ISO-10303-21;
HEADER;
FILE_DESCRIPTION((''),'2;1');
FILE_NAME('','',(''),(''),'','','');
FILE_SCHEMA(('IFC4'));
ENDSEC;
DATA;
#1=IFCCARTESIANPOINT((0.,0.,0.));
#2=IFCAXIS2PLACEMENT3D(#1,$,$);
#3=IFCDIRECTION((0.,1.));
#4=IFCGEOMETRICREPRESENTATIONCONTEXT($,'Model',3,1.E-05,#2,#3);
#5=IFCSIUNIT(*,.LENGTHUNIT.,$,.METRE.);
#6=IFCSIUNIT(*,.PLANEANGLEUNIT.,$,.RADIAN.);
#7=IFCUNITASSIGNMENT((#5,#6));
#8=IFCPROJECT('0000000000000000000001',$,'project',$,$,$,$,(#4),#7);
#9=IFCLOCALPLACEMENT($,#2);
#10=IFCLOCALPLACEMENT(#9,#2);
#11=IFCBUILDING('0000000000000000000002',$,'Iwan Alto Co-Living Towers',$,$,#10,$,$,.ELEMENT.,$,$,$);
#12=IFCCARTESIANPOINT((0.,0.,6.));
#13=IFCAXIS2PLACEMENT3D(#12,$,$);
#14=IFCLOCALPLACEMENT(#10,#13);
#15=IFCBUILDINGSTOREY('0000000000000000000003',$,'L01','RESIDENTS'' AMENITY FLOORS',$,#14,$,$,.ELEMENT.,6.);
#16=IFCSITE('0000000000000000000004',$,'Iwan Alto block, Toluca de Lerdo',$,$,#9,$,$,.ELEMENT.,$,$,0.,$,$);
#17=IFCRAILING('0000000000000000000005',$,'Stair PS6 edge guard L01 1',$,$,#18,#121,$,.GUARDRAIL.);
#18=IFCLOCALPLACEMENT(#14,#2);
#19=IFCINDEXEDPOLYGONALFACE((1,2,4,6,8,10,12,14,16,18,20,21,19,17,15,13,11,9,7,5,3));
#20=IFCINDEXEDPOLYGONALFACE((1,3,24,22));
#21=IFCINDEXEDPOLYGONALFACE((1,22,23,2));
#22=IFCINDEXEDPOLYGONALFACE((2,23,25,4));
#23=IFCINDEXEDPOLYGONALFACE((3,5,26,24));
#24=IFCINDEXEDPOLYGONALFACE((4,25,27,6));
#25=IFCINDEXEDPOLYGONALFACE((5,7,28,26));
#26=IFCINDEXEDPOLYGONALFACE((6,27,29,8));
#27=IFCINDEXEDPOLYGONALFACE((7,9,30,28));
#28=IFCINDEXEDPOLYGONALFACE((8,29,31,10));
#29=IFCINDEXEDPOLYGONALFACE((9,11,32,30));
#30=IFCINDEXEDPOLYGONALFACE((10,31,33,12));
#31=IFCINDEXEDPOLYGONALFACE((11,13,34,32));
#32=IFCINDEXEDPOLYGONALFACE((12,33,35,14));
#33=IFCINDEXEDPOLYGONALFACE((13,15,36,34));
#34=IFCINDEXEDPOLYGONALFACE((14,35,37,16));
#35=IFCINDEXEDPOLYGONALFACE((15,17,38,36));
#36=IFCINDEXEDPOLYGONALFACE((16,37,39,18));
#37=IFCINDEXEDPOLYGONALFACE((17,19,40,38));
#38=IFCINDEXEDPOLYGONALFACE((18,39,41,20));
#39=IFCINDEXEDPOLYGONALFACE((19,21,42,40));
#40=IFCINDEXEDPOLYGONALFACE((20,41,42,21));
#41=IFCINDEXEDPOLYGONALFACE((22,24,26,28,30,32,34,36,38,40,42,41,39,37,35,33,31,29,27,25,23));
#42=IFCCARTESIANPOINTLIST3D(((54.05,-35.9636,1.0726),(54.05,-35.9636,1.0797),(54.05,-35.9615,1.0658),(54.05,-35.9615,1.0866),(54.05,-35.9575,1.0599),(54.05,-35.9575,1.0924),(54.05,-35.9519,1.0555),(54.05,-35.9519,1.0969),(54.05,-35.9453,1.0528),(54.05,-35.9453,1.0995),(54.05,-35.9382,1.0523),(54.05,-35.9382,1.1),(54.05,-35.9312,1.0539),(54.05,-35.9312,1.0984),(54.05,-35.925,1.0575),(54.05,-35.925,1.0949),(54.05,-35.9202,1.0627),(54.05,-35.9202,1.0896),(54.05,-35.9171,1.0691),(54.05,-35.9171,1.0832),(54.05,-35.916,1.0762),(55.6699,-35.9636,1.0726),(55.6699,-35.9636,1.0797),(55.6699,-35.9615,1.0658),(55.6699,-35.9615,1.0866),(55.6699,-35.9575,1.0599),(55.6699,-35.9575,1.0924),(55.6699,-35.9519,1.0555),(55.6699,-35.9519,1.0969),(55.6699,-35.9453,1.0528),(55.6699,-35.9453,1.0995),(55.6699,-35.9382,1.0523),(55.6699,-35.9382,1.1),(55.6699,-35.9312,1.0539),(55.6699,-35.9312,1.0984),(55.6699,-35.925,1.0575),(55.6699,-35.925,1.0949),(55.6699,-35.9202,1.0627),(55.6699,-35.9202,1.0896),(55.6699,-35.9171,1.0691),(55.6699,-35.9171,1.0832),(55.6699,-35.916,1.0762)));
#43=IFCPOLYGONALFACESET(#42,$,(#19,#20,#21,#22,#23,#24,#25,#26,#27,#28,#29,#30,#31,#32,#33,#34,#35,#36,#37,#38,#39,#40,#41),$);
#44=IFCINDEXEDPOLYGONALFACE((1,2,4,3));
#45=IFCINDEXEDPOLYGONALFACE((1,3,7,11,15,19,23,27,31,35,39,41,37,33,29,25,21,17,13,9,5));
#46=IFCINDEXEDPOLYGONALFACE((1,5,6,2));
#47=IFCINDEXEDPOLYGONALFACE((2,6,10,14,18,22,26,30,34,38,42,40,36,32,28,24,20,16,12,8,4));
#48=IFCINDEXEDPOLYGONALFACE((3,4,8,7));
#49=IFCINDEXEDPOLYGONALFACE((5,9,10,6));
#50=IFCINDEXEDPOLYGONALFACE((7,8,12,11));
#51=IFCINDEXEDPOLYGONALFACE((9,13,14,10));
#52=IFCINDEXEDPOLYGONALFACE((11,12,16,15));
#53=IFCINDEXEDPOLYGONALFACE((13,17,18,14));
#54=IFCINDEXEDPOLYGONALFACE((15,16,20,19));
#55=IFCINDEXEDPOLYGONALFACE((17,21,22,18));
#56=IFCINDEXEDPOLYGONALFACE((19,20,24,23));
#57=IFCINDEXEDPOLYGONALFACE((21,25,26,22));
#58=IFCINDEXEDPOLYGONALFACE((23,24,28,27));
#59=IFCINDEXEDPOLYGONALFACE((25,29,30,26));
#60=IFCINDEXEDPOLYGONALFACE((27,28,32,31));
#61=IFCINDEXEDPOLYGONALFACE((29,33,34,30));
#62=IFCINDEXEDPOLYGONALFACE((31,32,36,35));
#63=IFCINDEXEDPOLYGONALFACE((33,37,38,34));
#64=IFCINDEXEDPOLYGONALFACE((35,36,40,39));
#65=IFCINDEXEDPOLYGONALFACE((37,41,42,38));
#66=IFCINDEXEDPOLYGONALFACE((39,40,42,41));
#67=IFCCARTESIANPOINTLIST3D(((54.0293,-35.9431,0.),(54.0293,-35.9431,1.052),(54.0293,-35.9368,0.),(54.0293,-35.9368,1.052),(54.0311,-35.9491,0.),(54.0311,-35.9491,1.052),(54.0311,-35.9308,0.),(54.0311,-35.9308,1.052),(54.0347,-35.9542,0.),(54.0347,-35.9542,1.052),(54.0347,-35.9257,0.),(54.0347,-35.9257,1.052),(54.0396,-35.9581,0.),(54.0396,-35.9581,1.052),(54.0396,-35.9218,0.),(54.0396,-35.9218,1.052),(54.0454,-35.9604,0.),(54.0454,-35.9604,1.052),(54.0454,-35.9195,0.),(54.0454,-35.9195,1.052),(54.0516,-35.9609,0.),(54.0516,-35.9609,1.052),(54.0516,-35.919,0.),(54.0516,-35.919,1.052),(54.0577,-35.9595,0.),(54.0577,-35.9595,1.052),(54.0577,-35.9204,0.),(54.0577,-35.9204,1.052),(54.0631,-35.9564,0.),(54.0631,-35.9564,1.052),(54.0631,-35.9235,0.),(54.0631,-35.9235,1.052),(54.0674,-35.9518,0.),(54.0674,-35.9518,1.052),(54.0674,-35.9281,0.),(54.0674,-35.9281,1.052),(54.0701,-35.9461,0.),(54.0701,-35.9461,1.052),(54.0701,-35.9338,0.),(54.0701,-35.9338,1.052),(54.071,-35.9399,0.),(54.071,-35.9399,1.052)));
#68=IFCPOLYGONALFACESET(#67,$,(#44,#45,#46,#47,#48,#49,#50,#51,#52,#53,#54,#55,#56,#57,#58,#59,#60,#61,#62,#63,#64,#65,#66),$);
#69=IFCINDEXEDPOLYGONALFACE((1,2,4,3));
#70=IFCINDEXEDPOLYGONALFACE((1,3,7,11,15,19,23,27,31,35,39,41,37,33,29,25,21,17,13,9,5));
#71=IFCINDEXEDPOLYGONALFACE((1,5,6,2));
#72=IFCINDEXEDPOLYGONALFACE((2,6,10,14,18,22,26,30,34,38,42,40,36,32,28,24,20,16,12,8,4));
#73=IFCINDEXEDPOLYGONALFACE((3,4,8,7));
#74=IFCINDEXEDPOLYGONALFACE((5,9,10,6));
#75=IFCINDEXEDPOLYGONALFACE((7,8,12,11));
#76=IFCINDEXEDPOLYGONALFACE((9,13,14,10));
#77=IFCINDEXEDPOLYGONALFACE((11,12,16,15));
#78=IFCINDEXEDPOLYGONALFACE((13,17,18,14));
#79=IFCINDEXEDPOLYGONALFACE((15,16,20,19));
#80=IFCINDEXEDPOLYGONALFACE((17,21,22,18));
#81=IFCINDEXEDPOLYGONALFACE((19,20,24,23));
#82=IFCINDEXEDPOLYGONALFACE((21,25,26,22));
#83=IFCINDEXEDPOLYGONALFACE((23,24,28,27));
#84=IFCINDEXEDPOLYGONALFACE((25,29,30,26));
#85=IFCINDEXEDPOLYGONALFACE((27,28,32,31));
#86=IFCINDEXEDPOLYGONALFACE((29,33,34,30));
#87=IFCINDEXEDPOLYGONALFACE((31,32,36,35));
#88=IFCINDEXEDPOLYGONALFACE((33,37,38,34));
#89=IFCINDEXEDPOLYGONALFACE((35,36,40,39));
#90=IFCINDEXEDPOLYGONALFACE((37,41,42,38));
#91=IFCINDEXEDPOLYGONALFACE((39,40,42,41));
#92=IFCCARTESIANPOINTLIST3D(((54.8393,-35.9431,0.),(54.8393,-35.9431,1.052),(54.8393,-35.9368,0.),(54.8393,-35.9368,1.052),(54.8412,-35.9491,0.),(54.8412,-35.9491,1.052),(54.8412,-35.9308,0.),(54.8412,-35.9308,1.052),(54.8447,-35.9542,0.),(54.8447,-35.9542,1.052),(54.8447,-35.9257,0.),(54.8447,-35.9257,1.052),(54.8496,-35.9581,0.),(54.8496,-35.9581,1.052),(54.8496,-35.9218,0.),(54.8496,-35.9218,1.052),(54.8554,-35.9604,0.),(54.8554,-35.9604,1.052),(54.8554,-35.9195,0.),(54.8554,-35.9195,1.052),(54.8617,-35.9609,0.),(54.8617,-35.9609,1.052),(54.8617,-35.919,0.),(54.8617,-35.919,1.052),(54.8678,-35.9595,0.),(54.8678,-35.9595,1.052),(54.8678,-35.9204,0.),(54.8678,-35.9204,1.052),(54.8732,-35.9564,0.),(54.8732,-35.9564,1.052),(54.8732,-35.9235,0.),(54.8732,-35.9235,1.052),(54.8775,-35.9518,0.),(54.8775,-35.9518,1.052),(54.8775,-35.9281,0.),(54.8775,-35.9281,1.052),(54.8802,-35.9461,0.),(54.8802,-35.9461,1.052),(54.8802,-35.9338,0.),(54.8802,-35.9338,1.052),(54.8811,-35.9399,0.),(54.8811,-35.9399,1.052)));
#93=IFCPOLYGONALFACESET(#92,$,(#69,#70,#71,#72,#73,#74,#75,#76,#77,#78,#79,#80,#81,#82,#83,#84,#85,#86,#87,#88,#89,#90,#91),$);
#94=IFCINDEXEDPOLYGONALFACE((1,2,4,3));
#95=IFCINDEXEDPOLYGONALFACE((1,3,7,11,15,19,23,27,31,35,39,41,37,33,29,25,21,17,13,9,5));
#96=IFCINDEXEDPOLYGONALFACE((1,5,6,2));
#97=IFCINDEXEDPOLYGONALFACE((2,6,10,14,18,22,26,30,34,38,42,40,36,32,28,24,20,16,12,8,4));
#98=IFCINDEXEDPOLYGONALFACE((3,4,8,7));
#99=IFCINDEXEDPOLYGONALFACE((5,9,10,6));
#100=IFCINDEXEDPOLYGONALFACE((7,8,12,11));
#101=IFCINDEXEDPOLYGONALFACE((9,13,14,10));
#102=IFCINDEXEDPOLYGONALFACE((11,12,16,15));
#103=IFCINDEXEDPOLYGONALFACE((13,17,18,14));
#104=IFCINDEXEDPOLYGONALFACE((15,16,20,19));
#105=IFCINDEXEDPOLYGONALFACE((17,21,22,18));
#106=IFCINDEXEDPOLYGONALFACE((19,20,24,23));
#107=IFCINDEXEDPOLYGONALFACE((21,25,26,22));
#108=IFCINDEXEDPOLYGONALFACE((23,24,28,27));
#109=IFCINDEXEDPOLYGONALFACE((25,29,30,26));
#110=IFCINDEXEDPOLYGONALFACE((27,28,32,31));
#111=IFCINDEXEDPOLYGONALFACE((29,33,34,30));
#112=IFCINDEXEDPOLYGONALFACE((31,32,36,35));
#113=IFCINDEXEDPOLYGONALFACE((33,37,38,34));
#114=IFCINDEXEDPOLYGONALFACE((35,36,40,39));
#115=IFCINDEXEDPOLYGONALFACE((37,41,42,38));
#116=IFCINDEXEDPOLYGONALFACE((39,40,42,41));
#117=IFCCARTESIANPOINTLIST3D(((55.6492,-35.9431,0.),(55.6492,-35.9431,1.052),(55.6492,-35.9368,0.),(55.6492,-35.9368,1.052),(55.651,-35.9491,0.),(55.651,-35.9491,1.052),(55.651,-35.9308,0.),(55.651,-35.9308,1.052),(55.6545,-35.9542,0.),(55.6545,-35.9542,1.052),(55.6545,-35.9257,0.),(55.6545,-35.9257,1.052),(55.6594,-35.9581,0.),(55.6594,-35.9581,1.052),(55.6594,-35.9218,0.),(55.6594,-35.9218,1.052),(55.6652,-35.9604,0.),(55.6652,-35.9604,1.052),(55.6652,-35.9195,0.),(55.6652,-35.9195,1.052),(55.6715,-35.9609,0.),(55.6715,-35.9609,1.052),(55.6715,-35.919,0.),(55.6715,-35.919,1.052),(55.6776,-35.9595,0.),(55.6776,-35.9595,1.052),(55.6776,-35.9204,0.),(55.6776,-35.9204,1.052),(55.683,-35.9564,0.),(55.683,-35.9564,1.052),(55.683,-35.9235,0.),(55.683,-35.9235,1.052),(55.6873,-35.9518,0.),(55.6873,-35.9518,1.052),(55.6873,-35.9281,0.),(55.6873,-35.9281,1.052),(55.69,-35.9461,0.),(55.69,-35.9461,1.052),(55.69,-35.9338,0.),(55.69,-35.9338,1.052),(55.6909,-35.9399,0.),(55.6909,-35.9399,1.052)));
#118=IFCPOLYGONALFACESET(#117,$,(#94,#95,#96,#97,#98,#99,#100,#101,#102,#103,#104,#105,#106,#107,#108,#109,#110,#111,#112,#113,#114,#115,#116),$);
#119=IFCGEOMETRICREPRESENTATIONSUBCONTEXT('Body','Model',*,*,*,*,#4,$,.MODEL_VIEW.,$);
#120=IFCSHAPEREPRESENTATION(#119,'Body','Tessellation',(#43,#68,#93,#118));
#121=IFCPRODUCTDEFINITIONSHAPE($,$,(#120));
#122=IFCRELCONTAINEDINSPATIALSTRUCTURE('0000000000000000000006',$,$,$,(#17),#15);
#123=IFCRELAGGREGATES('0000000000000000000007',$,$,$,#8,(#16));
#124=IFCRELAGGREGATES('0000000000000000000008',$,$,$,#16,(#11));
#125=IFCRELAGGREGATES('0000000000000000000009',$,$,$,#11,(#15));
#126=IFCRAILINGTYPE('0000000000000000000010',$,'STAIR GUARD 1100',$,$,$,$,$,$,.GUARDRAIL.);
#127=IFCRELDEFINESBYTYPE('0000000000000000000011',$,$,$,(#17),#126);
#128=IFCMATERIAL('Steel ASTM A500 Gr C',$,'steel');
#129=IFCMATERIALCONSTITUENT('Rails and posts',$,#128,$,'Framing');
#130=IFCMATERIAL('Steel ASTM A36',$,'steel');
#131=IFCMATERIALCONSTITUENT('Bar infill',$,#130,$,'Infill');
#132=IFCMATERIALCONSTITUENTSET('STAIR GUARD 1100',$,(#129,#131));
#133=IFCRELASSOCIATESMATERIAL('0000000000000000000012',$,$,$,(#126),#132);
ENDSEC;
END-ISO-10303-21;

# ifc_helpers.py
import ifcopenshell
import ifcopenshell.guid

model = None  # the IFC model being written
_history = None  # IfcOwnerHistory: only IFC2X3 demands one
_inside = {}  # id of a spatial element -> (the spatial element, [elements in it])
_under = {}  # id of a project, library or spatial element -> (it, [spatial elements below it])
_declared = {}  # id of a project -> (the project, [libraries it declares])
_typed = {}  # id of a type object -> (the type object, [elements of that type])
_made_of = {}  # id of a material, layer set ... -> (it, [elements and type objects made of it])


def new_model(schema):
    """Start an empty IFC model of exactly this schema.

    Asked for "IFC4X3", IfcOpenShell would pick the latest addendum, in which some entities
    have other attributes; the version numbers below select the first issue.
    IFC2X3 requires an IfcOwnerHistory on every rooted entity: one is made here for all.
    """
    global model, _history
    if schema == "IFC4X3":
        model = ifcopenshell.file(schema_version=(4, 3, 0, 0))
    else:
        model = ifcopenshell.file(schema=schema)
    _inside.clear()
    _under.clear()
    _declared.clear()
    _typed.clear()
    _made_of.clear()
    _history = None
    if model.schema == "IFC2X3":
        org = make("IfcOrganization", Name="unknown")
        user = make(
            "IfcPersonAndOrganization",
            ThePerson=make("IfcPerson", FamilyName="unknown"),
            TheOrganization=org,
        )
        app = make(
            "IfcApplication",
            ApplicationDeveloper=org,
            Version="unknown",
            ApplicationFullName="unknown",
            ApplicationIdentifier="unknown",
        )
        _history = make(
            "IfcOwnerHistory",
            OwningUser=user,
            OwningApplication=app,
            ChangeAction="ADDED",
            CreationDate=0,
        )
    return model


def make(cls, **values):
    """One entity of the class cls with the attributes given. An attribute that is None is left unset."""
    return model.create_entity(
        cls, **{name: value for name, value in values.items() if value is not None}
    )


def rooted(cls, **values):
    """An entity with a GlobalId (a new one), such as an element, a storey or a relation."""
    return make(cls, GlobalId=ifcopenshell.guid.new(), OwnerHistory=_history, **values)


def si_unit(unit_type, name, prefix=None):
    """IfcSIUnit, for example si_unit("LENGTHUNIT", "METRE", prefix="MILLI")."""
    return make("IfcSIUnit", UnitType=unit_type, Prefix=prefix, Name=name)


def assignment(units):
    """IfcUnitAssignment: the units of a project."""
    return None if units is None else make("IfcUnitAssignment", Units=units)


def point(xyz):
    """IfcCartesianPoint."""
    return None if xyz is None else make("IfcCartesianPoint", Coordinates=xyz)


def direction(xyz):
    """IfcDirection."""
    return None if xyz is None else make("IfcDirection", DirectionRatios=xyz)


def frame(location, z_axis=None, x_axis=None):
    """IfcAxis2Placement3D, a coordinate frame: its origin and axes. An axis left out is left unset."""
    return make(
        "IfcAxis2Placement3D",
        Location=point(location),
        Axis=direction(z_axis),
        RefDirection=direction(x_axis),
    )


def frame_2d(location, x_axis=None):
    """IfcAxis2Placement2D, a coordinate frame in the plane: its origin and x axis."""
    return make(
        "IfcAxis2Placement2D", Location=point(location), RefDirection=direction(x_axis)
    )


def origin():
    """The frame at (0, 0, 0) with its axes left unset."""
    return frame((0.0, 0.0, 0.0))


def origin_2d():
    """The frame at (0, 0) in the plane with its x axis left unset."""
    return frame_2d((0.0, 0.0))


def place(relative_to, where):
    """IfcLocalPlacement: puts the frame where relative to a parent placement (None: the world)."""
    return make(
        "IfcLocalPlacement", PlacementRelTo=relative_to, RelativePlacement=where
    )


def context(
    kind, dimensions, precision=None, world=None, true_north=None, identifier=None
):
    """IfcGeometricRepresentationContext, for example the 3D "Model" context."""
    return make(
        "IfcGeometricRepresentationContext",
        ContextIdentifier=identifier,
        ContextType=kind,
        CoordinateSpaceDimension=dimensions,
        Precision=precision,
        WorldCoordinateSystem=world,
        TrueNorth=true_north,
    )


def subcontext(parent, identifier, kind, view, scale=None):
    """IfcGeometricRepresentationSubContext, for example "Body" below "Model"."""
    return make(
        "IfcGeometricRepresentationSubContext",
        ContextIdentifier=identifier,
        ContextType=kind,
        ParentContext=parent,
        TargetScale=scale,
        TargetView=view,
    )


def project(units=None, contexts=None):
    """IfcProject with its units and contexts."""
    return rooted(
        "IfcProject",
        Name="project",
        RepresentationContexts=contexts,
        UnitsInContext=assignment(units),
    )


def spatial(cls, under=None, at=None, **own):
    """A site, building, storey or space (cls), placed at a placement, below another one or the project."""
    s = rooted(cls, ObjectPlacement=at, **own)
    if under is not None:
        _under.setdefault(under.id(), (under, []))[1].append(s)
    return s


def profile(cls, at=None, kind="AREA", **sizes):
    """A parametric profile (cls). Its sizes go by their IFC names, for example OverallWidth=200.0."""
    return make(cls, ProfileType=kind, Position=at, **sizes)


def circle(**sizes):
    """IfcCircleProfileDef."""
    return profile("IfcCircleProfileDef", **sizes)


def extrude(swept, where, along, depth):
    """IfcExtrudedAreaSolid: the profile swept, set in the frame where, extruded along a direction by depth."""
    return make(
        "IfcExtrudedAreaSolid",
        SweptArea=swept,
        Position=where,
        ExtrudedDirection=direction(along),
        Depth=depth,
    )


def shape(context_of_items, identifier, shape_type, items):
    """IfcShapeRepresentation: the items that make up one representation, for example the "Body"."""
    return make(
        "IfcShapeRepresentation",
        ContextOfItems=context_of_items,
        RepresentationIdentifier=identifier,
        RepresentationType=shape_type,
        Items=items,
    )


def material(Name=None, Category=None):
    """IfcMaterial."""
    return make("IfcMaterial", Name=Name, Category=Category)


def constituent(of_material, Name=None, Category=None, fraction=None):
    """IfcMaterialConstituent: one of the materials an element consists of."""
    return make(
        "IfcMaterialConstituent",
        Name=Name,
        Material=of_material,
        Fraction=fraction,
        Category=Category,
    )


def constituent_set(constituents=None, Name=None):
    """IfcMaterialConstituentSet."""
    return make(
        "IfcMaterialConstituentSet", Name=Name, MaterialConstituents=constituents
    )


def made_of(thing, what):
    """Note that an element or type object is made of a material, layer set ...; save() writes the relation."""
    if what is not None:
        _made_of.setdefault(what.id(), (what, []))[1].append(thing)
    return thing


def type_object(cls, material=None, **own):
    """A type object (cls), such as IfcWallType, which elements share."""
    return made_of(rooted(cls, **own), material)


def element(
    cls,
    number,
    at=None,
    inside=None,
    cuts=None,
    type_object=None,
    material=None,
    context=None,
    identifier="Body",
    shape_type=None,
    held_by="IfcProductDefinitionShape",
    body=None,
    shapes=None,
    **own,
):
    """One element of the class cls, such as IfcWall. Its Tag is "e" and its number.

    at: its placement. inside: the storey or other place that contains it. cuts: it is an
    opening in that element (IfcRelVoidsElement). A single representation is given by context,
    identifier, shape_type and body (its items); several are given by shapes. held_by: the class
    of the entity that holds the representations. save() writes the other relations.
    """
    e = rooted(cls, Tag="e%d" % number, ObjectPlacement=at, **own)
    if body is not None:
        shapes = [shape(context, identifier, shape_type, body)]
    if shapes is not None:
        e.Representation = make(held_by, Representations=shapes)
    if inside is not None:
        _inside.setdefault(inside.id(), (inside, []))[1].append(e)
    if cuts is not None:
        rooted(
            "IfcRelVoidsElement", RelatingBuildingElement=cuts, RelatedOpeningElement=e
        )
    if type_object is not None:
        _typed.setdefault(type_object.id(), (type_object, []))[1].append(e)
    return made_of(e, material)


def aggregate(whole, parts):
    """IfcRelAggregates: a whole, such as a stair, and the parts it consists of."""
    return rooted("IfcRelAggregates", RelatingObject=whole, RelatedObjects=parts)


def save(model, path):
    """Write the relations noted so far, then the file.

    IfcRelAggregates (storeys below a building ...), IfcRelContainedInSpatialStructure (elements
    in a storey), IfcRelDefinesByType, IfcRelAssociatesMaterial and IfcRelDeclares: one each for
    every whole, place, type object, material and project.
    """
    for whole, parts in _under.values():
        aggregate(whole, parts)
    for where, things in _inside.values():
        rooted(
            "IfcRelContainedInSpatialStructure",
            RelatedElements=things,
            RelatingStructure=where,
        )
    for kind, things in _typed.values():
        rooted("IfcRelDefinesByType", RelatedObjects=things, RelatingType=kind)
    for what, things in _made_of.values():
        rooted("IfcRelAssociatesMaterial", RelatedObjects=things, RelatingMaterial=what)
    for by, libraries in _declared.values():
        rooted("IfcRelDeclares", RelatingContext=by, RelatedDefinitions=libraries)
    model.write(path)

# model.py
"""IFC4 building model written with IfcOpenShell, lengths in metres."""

from ifc_helpers import new_model, si_unit, direction, frame, origin, origin_2d, place, context, subcontext, project, spatial, circle, extrude, material, constituent, constituent_set, type_object, element, save


model = new_model("IFC4")

# Units and contexts
model_context = context("Model", 3, precision=1e-05, world=origin(), true_north=direction((0.0, 1.0)))
body_context = subcontext(model_context, "Body", "Model", "MODEL_VIEW")
ifc_project = project(units=[si_unit("LENGTHUNIT", "METRE"), si_unit("PLANEANGLEUNIT", "RADIAN")], contexts=[model_context])

# Site, building, storey
site_placement = place(None, origin())
site = spatial("IfcSite", under=ifc_project, at=site_placement, Name="Iwan Alto block, Toluca de Lerdo", CompositionType="ELEMENT", RefElevation=0.0)
building_placement = place(site_placement, origin())
building = spatial("IfcBuilding", under=site, at=building_placement, Name="Iwan Alto Co-Living Towers", CompositionType="ELEMENT")
storey_placement = place(building_placement, frame((0.0, 0.0, 6.0)))
storey = spatial("IfcBuildingStorey", under=building, at=storey_placement, Name="L01", Description="RESIDENTS' AMENITY FLOORS", CompositionType="ELEMENT", Elevation=6.0)

# Shared definitions
ifc_material_1 = material(Name="Steel ASTM A36", Category="steel")

# Railing
ifc_material_2 = material(Name="Steel ASTM A500 Gr C", Category="steel")
ifc_constituent_1 = constituent(ifc_material_2, Name="Rails and posts", Category="Framing")
ifc_constituent_2 = constituent(ifc_material_1, Name="Bar infill", Category="Infill")
ifc_constituent_set_1 = constituent_set(constituents=[ifc_constituent_1, ifc_constituent_2], Name="STAIR GUARD 1100")
railing_type_1 = type_object("IfcRailingType", Name="STAIR GUARD 1100", PredefinedType="GUARDRAIL", material=ifc_constituent_set_1)
railing_1_placement = place(storey_placement, frame((54.05, -35.9399, 0.0)))
element("IfcRailing", 1, at=railing_1_placement, inside=storey, type_object=railing_type_1, Name="Stair PS6 edge guard L01 1", PredefinedType="GUARDRAIL", context=body_context, shape_type="SweptSolid", body=[
    extrude(circle(Radius=0.0239, at=origin_2d()), frame((0.0, 0.0, 1.0762), z_axis=(1.0, 0.0, 0.0), x_axis=(0.0, 1.0, 0.0)), (0.0, 0.0, 1.0), 1.6199),
    extrude(circle(Radius=0.021, at=origin_2d()), origin(), (0.0, 0.0, 1.0), 1.052),
    extrude(circle(Radius=0.021, at=origin_2d()), frame((0.8101, 0.0, 0.0)), (0.0, 0.0, 1.0), 1.052),
    extrude(circle(Radius=0.021, at=origin_2d()), frame((1.6199, 0.0, 0.0)), (0.0, 0.0, 1.0), 1.052),
])

save(model, "model.ifc")
